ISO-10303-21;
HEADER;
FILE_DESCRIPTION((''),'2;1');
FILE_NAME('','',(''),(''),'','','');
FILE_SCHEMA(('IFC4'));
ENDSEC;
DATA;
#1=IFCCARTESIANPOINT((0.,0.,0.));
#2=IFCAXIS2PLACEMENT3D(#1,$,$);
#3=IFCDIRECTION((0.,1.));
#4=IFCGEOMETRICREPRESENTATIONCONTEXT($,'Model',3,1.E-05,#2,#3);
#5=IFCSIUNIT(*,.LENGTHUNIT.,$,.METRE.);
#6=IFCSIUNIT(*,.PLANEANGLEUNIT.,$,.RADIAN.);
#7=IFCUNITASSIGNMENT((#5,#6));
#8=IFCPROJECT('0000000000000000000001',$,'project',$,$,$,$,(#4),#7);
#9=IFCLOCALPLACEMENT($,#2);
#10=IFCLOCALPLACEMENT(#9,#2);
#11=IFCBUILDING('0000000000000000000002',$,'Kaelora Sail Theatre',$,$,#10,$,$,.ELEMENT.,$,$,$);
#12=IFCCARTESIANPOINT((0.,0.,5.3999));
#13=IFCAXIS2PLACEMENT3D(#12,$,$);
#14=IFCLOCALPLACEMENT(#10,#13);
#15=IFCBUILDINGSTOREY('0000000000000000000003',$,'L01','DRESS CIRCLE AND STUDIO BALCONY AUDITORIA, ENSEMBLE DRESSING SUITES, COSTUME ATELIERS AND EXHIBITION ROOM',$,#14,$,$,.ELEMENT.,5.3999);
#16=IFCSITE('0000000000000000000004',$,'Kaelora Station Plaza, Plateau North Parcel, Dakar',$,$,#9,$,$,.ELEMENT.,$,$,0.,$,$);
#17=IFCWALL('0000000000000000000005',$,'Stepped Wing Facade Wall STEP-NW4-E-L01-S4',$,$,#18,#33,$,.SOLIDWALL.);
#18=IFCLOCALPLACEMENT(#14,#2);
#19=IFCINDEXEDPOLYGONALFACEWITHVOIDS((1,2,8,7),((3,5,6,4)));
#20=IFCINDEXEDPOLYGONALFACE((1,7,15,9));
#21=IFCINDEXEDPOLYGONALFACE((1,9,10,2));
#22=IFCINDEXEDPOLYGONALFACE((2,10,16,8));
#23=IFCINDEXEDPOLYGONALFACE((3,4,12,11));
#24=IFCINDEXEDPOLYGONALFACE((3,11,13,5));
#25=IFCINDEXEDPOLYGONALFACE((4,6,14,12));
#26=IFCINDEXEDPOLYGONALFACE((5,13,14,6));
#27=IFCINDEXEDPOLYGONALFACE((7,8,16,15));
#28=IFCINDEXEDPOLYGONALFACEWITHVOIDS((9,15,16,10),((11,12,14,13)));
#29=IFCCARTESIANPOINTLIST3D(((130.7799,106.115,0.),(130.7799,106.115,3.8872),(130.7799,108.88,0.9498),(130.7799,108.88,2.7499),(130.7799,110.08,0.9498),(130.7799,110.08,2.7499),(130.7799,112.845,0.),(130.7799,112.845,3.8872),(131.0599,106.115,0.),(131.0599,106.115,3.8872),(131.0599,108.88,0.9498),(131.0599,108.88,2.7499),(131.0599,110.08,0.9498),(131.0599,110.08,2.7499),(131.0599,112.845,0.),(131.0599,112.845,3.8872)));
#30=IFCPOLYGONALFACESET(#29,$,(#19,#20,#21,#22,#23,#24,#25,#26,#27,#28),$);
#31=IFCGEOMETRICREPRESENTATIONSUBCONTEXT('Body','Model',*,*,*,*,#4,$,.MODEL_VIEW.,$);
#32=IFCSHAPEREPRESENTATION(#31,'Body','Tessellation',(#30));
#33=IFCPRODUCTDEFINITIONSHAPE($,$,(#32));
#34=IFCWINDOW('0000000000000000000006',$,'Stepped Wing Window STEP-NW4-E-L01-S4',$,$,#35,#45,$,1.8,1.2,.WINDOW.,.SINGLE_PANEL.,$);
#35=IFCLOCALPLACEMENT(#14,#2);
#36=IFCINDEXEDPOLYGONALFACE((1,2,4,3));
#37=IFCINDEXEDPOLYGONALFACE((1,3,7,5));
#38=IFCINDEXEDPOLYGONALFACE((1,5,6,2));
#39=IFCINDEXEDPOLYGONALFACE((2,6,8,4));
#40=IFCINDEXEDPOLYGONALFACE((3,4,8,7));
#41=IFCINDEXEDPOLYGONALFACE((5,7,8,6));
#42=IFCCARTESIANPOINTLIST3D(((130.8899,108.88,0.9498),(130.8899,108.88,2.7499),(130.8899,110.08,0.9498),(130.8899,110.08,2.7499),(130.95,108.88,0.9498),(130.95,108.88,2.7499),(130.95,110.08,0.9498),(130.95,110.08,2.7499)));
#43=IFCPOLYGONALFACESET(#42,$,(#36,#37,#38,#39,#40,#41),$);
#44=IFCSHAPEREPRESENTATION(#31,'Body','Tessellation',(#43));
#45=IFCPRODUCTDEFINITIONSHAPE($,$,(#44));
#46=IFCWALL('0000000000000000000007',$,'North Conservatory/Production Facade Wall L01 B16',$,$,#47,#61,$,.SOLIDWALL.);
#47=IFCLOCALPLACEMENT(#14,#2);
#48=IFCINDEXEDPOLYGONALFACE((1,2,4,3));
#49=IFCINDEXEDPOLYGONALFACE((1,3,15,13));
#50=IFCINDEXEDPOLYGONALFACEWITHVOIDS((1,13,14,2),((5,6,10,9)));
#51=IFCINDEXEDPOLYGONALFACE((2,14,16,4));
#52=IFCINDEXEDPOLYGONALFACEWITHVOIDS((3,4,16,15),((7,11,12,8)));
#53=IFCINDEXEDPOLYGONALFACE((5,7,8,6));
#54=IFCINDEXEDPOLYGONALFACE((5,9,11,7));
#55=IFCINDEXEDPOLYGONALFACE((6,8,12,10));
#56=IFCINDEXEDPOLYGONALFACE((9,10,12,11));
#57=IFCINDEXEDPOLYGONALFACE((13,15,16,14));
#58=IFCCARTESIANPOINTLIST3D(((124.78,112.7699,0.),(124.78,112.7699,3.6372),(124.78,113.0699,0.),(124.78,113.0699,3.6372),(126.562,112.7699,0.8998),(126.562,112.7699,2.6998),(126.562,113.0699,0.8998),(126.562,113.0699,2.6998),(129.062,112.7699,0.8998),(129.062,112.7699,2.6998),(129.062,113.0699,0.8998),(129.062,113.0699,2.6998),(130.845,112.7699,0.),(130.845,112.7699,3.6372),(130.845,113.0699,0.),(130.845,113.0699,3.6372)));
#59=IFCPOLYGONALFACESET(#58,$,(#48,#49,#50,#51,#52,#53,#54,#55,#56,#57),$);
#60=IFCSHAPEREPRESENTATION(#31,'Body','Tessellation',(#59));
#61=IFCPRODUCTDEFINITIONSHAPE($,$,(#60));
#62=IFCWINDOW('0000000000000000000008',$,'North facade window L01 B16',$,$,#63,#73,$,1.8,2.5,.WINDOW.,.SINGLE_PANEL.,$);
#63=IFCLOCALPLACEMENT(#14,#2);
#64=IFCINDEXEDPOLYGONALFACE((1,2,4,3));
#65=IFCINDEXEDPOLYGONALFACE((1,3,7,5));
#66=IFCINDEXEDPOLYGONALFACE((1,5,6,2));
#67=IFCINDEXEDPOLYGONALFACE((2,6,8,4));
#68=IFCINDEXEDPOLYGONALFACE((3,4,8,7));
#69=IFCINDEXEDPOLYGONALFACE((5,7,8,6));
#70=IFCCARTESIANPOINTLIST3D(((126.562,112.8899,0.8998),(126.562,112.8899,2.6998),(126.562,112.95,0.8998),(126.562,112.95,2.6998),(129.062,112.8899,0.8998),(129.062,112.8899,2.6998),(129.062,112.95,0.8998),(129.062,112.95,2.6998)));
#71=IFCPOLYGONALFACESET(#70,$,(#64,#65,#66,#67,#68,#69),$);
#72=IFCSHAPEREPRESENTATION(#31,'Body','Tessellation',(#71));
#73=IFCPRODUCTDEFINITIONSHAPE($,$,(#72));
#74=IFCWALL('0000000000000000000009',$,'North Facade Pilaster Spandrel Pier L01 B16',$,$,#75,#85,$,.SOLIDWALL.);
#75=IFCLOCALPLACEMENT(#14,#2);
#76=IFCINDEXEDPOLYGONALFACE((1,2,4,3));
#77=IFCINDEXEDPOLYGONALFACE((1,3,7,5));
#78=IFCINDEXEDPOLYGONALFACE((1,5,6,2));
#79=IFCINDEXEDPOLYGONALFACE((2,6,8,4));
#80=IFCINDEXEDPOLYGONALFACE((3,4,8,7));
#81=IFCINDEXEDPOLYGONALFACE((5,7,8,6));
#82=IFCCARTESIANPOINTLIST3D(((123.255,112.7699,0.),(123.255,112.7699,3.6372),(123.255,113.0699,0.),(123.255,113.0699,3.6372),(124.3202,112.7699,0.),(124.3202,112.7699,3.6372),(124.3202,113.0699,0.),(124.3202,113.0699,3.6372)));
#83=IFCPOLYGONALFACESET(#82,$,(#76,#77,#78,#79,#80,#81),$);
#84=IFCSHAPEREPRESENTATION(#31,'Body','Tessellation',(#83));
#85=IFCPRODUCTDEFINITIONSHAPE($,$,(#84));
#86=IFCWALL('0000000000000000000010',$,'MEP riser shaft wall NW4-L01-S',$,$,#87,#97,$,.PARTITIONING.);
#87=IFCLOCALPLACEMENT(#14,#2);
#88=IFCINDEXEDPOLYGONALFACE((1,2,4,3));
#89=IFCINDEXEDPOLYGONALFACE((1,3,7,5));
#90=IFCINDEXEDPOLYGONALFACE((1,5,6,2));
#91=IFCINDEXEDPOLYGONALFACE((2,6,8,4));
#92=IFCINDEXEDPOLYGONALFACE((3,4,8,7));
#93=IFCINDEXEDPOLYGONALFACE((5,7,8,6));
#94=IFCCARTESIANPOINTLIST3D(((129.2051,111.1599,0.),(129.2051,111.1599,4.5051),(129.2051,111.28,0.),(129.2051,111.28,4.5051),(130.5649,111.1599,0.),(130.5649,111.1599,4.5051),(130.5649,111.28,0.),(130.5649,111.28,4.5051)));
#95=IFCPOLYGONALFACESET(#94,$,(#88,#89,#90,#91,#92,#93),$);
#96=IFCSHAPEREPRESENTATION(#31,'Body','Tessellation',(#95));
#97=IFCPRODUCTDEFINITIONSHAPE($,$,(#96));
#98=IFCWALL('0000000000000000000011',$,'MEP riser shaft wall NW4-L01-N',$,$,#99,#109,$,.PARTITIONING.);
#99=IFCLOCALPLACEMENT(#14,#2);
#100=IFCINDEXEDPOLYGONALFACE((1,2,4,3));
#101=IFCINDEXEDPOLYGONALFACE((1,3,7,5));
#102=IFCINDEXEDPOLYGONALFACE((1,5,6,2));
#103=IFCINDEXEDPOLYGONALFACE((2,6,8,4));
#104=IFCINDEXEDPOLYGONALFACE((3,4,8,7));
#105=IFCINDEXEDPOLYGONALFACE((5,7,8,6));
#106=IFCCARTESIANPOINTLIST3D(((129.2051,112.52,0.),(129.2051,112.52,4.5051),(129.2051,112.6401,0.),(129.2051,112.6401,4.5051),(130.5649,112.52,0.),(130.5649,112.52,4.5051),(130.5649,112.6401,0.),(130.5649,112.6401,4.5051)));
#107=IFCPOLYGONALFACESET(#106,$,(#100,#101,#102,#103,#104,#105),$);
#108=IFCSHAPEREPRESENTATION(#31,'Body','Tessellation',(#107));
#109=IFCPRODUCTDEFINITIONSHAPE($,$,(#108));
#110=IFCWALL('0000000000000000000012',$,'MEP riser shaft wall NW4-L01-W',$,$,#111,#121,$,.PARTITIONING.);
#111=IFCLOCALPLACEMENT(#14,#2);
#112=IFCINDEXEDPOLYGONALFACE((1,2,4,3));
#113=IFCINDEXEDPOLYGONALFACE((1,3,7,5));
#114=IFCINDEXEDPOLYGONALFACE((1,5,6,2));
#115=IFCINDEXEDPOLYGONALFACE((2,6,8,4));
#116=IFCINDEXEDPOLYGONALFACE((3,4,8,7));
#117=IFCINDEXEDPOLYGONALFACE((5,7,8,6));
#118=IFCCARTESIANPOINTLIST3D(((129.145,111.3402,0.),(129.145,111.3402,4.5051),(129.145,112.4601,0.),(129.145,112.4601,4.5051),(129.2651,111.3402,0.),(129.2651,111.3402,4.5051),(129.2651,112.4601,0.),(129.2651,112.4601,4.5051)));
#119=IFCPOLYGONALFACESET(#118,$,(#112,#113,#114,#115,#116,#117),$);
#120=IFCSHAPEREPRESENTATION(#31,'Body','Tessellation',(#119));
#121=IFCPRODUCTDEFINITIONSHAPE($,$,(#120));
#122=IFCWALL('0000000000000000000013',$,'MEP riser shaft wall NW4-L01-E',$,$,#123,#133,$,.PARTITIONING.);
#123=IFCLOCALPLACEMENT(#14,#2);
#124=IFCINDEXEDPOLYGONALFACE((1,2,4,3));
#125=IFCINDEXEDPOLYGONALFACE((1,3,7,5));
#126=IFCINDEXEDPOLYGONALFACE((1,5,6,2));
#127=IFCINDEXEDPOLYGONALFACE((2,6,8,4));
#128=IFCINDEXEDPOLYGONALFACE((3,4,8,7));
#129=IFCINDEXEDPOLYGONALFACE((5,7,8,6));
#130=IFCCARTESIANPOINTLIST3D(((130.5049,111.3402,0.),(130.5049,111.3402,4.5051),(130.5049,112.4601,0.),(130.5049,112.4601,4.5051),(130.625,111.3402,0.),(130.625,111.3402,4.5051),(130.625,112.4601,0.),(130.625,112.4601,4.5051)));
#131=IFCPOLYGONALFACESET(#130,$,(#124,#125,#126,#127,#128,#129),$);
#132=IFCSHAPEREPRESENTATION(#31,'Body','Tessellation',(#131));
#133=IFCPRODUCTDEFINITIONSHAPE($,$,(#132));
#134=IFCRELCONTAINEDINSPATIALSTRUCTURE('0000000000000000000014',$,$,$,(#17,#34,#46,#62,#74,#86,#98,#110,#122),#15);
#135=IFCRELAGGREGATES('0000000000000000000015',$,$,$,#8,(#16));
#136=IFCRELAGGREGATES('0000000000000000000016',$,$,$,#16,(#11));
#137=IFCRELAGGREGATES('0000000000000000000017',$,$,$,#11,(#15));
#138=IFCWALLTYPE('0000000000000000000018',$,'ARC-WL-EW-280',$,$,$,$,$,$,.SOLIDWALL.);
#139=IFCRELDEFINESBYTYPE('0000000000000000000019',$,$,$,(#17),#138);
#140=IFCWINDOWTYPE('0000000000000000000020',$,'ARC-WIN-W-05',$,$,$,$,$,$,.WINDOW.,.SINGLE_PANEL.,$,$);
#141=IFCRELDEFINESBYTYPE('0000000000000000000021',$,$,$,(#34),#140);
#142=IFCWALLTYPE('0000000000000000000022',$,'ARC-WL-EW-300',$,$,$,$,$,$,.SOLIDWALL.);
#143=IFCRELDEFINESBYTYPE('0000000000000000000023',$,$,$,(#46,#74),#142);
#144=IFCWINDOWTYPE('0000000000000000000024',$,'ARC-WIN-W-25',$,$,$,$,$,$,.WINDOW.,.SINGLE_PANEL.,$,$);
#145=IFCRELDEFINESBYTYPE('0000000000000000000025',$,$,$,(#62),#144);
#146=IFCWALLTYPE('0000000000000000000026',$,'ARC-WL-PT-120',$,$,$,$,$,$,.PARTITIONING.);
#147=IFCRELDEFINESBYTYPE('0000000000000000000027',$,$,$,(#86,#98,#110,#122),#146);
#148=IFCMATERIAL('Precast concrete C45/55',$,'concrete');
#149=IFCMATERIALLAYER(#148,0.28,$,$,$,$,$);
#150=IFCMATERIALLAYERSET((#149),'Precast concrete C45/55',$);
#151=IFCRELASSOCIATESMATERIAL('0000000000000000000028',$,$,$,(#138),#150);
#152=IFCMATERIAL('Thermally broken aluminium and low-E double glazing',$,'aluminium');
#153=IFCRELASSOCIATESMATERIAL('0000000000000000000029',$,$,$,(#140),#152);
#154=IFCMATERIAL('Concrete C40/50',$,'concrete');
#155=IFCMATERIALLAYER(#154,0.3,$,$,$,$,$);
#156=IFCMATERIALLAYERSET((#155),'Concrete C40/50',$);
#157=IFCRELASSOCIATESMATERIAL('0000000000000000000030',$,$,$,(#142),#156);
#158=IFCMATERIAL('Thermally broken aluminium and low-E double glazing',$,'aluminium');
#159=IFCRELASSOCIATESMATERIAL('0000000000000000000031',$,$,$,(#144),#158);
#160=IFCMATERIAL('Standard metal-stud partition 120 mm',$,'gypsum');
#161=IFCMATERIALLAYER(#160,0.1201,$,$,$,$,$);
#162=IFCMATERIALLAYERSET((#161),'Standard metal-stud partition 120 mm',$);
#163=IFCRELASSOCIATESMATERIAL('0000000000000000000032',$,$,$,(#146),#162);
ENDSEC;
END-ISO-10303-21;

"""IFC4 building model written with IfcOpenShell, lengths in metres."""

from ifc_helpers import new_model, si_unit, direction, frame, frame_2d, origin, place, context, subcontext, project, spatial, rectangle, extrude, material, layer, layer_set, type_object, element, fill, save


model = new_model("IFC4")

# Units and contexts
model_context = context("Model", 3, precision=1e-05, world=origin(), true_north=direction((0.0, 1.0)))
body_context = subcontext(model_context, "Body", "Model", "MODEL_VIEW")
ifc_project = project(units=[si_unit("LENGTHUNIT", "METRE"), si_unit("PLANEANGLEUNIT", "RADIAN")], contexts=[model_context])

# Site, building, storey
site_placement = place(None, origin())
site = spatial("IfcSite", under=ifc_project, at=site_placement, Name="Kaelora Station Plaza, Plateau North Parcel, Dakar", CompositionType="ELEMENT", RefElevation=0.0)
building_placement = place(site_placement, origin())
building = spatial("IfcBuilding", under=site, at=building_placement, Name="Kaelora Sail Theatre", CompositionType="ELEMENT")
storey_placement = place(building_placement, frame((0.0, 0.0, 5.3999)))
storey = spatial("IfcBuildingStorey", under=building, at=storey_placement, Name="L01", Description="DRESS CIRCLE AND STUDIO BALCONY AUDITORIA, ENSEMBLE DRESSING SUITES, COSTUME ATELIERS AND EXHIBITION ROOM", CompositionType="ELEMENT", Elevation=5.3999)

# Shared definitions
ifc_material_1 = material(Name="Precast concrete C45/55", Category="concrete")
ifc_layer_1 = layer(ifc_material_1, 0.28)
ifc_layer_set_1 = layer_set([ifc_layer_1], Name="Precast concrete C45/55")
wall_type_1 = type_object("IfcWallType", Name="ARC-WL-EW-280", PredefinedType="SOLIDWALL", material=ifc_layer_set_1)

# Walls, openings, windows
wall_1_placement = place(storey_placement, frame((130.9199, 106.115, 0.0), z_axis=(0.0, 0.0, 1.0), x_axis=(0.0, 1.0, 0.0)))
wall_1 = element("IfcWall", 1, at=wall_1_placement, inside=storey, type_object=wall_type_1, Name="Stepped Wing Facade Wall STEP-NW4-E-L01-S4", PredefinedType="SOLIDWALL", context=body_context, shape_type="SweptSolid", body=[
    extrude(rectangle(XDim=6.73, YDim=0.28, at=frame_2d((3.365, 0.0))), origin(), (0.0, 0.0, 1.0), 3.8872),
])
opening_1_placement = place(wall_1_placement, frame((2.7649, 0.0, 0.95)))
opening_1 = element("IfcOpeningElement", 2, at=opening_1_placement, cuts=wall_1, PredefinedType="OPENING", context=body_context, shape_type="SweptSolid", body=[
    extrude(rectangle(XDim=1.2, YDim=1.8, at=frame_2d((0.6001, 0.8999))), frame((0.0, 0.1501, 0.0), z_axis=(0.0, -1.0, 0.0), x_axis=(1.0, 0.0, 0.0)), (0.0, 0.0, 1.0), 0.3),
])
ifc_material_2 = material(Name="Thermally broken aluminium and low-E double glazing", Category="aluminium")
window_type_1 = type_object("IfcWindowType", Name="ARC-WIN-W-05", PartitioningType="SINGLE_PANEL", PredefinedType="WINDOW", material=ifc_material_2)
window_1_placement = place(opening_1_placement, origin())
window_1 = element("IfcWindow", 3, at=window_1_placement, inside=storey, type_object=window_type_1, Name="Stepped Wing Window STEP-NW4-E-L01-S4", OverallHeight=1.8, OverallWidth=1.2, PartitioningType="SINGLE_PANEL", PredefinedType="WINDOW", context=body_context, shape_type="SweptSolid", body=[
    extrude(rectangle(XDim=1.2, YDim=1.8, at=frame_2d((0.6001, 0.8999))), frame((0.0, 0.03, 0.0), z_axis=(0.0, -1.0, 0.0), x_axis=(1.0, 0.0, 0.0)), (0.0, 0.0, 1.0), 0.0601),
])
fill(opening_1, window_1)
ifc_material_3 = material(Name="Concrete C40/50", Category="concrete")
ifc_layer_2 = layer(ifc_material_3, 0.3)
ifc_layer_set_2 = layer_set([ifc_layer_2], Name="Concrete C40/50")
wall_type_2 = type_object("IfcWallType", Name="ARC-WL-EW-300", PredefinedType="SOLIDWALL", material=ifc_layer_set_2)
wall_2_placement = place(storey_placement, frame((124.78, 112.9199, 0.0), z_axis=(0.0, 0.0, 1.0), x_axis=(1.0, 0.0, 0.0)))
wall_2 = element("IfcWall", 4, at=wall_2_placement, inside=storey, type_object=wall_type_2, Name="North Conservatory/Production Facade Wall L01 B16", PredefinedType="SOLIDWALL", context=body_context, shape_type="SweptSolid", body=[
    extrude(rectangle(XDim=6.0649, YDim=0.3, at=frame_2d((3.0325, 0.0))), origin(), (0.0, 0.0, 1.0), 3.6372),
])
opening_2_placement = place(wall_2_placement, frame((1.782, 0.0, 0.8999)))
opening_2 = element("IfcOpeningElement", 5, at=opening_2_placement, cuts=wall_2, PredefinedType="OPENING", context=body_context, shape_type="SweptSolid", body=[
    extrude(rectangle(XDim=2.5, YDim=1.8, at=frame_2d((1.25, 0.8999))), frame((0.0, 0.1599, 0.0), z_axis=(0.0, -1.0, 0.0), x_axis=(1.0, 0.0, 0.0)), (0.0, 0.0, 1.0), 0.32),
])
ifc_material_4 = material(Name="Thermally broken aluminium and low-E double glazing", Category="aluminium")
window_type_2 = type_object("IfcWindowType", Name="ARC-WIN-W-25", PartitioningType="SINGLE_PANEL", PredefinedType="WINDOW", material=ifc_material_4)
window_2_placement = place(opening_2_placement, origin())
window_2 = element("IfcWindow", 6, at=window_2_placement, inside=storey, type_object=window_type_2, Name="North facade window L01 B16", OverallHeight=1.8, OverallWidth=2.5, PartitioningType="SINGLE_PANEL", PredefinedType="WINDOW", context=body_context, shape_type="SweptSolid", body=[
    extrude(rectangle(XDim=2.5, YDim=1.8, at=frame_2d((1.25, 0.8999))), frame((0.0, 0.03, 0.0), z_axis=(0.0, -1.0, 0.0), x_axis=(1.0, 0.0, 0.0)), (0.0, 0.0, 1.0), 0.0601),
])
fill(opening_2, window_2)

# Walls
wall_3_placement = place(storey_placement, frame((123.2549, 112.9199, 0.0), z_axis=(0.0, 0.0, 1.0), x_axis=(1.0, 0.0, 0.0)))
element("IfcWall", 7, at=wall_3_placement, inside=storey, type_object=wall_type_2, Name="North Facade Pilaster Spandrel Pier L01 B16", PredefinedType="SOLIDWALL", context=body_context, shape_type="SweptSolid", body=[
    extrude(rectangle(XDim=1.0652, YDim=0.3, at=frame_2d((0.5327, 0.0))), origin(), (0.0, 0.0, 1.0), 3.6372),
])
ifc_material_5 = material(Name="Standard metal-stud partition 120 mm", Category="gypsum")
ifc_layer_3 = layer(ifc_material_5, 0.1201)
ifc_layer_set_3 = layer_set([ifc_layer_3], Name="Standard metal-stud partition 120 mm")
wall_type_3 = type_object("IfcWallType", Name="ARC-WL-PT-120", PredefinedType="PARTITIONING", material=ifc_layer_set_3)
for number, where, z_axis, x_axis, name in (
    (8, (129.2051, 111.22, 0.0), (0.0, 0.0, 1.0), (1.0, 0.0, 0.0), "MEP riser shaft wall NW4-L01-S"),
    (9, (129.2051, 112.5801, 0.0), (0.0, 0.0, 1.0), (1.0, 0.0, 0.0), "MEP riser shaft wall NW4-L01-N"),
):
    element("IfcWall", number, at=place(storey_placement, frame(where, z_axis=z_axis, x_axis=x_axis)), inside=storey, type_object=wall_type_3, Name=name, PredefinedType="PARTITIONING", context=body_context, shape_type="SweptSolid", body=[
        extrude(rectangle(XDim=1.3599, YDim=0.1201, at=frame_2d((0.6799, 0.0))), origin(), (0.0, 0.0, 1.0), 4.5051),
    ])
for number, where, z_axis, x_axis, name in (
    (10, (129.2051, 111.3401, 0.0), (0.0, 0.0, 1.0), (0.0, 1.0, 0.0), "MEP riser shaft wall NW4-L01-W"),
    (11, (130.5649, 111.3401, 0.0), (0.0, 0.0, 1.0), (0.0, 1.0, 0.0), "MEP riser shaft wall NW4-L01-E"),
):
    element("IfcWall", number, at=place(storey_placement, frame(where, z_axis=z_axis, x_axis=x_axis)), inside=storey, type_object=wall_type_3, Name=name, PredefinedType="PARTITIONING", context=body_context, shape_type="SweptSolid", body=[
        extrude(rectangle(XDim=1.1199, YDim=0.1201, at=frame_2d((0.5601, 0.0))), origin(), (0.0, 0.0, 1.0), 4.5051),
    ])

save(model, "model.ifc")
